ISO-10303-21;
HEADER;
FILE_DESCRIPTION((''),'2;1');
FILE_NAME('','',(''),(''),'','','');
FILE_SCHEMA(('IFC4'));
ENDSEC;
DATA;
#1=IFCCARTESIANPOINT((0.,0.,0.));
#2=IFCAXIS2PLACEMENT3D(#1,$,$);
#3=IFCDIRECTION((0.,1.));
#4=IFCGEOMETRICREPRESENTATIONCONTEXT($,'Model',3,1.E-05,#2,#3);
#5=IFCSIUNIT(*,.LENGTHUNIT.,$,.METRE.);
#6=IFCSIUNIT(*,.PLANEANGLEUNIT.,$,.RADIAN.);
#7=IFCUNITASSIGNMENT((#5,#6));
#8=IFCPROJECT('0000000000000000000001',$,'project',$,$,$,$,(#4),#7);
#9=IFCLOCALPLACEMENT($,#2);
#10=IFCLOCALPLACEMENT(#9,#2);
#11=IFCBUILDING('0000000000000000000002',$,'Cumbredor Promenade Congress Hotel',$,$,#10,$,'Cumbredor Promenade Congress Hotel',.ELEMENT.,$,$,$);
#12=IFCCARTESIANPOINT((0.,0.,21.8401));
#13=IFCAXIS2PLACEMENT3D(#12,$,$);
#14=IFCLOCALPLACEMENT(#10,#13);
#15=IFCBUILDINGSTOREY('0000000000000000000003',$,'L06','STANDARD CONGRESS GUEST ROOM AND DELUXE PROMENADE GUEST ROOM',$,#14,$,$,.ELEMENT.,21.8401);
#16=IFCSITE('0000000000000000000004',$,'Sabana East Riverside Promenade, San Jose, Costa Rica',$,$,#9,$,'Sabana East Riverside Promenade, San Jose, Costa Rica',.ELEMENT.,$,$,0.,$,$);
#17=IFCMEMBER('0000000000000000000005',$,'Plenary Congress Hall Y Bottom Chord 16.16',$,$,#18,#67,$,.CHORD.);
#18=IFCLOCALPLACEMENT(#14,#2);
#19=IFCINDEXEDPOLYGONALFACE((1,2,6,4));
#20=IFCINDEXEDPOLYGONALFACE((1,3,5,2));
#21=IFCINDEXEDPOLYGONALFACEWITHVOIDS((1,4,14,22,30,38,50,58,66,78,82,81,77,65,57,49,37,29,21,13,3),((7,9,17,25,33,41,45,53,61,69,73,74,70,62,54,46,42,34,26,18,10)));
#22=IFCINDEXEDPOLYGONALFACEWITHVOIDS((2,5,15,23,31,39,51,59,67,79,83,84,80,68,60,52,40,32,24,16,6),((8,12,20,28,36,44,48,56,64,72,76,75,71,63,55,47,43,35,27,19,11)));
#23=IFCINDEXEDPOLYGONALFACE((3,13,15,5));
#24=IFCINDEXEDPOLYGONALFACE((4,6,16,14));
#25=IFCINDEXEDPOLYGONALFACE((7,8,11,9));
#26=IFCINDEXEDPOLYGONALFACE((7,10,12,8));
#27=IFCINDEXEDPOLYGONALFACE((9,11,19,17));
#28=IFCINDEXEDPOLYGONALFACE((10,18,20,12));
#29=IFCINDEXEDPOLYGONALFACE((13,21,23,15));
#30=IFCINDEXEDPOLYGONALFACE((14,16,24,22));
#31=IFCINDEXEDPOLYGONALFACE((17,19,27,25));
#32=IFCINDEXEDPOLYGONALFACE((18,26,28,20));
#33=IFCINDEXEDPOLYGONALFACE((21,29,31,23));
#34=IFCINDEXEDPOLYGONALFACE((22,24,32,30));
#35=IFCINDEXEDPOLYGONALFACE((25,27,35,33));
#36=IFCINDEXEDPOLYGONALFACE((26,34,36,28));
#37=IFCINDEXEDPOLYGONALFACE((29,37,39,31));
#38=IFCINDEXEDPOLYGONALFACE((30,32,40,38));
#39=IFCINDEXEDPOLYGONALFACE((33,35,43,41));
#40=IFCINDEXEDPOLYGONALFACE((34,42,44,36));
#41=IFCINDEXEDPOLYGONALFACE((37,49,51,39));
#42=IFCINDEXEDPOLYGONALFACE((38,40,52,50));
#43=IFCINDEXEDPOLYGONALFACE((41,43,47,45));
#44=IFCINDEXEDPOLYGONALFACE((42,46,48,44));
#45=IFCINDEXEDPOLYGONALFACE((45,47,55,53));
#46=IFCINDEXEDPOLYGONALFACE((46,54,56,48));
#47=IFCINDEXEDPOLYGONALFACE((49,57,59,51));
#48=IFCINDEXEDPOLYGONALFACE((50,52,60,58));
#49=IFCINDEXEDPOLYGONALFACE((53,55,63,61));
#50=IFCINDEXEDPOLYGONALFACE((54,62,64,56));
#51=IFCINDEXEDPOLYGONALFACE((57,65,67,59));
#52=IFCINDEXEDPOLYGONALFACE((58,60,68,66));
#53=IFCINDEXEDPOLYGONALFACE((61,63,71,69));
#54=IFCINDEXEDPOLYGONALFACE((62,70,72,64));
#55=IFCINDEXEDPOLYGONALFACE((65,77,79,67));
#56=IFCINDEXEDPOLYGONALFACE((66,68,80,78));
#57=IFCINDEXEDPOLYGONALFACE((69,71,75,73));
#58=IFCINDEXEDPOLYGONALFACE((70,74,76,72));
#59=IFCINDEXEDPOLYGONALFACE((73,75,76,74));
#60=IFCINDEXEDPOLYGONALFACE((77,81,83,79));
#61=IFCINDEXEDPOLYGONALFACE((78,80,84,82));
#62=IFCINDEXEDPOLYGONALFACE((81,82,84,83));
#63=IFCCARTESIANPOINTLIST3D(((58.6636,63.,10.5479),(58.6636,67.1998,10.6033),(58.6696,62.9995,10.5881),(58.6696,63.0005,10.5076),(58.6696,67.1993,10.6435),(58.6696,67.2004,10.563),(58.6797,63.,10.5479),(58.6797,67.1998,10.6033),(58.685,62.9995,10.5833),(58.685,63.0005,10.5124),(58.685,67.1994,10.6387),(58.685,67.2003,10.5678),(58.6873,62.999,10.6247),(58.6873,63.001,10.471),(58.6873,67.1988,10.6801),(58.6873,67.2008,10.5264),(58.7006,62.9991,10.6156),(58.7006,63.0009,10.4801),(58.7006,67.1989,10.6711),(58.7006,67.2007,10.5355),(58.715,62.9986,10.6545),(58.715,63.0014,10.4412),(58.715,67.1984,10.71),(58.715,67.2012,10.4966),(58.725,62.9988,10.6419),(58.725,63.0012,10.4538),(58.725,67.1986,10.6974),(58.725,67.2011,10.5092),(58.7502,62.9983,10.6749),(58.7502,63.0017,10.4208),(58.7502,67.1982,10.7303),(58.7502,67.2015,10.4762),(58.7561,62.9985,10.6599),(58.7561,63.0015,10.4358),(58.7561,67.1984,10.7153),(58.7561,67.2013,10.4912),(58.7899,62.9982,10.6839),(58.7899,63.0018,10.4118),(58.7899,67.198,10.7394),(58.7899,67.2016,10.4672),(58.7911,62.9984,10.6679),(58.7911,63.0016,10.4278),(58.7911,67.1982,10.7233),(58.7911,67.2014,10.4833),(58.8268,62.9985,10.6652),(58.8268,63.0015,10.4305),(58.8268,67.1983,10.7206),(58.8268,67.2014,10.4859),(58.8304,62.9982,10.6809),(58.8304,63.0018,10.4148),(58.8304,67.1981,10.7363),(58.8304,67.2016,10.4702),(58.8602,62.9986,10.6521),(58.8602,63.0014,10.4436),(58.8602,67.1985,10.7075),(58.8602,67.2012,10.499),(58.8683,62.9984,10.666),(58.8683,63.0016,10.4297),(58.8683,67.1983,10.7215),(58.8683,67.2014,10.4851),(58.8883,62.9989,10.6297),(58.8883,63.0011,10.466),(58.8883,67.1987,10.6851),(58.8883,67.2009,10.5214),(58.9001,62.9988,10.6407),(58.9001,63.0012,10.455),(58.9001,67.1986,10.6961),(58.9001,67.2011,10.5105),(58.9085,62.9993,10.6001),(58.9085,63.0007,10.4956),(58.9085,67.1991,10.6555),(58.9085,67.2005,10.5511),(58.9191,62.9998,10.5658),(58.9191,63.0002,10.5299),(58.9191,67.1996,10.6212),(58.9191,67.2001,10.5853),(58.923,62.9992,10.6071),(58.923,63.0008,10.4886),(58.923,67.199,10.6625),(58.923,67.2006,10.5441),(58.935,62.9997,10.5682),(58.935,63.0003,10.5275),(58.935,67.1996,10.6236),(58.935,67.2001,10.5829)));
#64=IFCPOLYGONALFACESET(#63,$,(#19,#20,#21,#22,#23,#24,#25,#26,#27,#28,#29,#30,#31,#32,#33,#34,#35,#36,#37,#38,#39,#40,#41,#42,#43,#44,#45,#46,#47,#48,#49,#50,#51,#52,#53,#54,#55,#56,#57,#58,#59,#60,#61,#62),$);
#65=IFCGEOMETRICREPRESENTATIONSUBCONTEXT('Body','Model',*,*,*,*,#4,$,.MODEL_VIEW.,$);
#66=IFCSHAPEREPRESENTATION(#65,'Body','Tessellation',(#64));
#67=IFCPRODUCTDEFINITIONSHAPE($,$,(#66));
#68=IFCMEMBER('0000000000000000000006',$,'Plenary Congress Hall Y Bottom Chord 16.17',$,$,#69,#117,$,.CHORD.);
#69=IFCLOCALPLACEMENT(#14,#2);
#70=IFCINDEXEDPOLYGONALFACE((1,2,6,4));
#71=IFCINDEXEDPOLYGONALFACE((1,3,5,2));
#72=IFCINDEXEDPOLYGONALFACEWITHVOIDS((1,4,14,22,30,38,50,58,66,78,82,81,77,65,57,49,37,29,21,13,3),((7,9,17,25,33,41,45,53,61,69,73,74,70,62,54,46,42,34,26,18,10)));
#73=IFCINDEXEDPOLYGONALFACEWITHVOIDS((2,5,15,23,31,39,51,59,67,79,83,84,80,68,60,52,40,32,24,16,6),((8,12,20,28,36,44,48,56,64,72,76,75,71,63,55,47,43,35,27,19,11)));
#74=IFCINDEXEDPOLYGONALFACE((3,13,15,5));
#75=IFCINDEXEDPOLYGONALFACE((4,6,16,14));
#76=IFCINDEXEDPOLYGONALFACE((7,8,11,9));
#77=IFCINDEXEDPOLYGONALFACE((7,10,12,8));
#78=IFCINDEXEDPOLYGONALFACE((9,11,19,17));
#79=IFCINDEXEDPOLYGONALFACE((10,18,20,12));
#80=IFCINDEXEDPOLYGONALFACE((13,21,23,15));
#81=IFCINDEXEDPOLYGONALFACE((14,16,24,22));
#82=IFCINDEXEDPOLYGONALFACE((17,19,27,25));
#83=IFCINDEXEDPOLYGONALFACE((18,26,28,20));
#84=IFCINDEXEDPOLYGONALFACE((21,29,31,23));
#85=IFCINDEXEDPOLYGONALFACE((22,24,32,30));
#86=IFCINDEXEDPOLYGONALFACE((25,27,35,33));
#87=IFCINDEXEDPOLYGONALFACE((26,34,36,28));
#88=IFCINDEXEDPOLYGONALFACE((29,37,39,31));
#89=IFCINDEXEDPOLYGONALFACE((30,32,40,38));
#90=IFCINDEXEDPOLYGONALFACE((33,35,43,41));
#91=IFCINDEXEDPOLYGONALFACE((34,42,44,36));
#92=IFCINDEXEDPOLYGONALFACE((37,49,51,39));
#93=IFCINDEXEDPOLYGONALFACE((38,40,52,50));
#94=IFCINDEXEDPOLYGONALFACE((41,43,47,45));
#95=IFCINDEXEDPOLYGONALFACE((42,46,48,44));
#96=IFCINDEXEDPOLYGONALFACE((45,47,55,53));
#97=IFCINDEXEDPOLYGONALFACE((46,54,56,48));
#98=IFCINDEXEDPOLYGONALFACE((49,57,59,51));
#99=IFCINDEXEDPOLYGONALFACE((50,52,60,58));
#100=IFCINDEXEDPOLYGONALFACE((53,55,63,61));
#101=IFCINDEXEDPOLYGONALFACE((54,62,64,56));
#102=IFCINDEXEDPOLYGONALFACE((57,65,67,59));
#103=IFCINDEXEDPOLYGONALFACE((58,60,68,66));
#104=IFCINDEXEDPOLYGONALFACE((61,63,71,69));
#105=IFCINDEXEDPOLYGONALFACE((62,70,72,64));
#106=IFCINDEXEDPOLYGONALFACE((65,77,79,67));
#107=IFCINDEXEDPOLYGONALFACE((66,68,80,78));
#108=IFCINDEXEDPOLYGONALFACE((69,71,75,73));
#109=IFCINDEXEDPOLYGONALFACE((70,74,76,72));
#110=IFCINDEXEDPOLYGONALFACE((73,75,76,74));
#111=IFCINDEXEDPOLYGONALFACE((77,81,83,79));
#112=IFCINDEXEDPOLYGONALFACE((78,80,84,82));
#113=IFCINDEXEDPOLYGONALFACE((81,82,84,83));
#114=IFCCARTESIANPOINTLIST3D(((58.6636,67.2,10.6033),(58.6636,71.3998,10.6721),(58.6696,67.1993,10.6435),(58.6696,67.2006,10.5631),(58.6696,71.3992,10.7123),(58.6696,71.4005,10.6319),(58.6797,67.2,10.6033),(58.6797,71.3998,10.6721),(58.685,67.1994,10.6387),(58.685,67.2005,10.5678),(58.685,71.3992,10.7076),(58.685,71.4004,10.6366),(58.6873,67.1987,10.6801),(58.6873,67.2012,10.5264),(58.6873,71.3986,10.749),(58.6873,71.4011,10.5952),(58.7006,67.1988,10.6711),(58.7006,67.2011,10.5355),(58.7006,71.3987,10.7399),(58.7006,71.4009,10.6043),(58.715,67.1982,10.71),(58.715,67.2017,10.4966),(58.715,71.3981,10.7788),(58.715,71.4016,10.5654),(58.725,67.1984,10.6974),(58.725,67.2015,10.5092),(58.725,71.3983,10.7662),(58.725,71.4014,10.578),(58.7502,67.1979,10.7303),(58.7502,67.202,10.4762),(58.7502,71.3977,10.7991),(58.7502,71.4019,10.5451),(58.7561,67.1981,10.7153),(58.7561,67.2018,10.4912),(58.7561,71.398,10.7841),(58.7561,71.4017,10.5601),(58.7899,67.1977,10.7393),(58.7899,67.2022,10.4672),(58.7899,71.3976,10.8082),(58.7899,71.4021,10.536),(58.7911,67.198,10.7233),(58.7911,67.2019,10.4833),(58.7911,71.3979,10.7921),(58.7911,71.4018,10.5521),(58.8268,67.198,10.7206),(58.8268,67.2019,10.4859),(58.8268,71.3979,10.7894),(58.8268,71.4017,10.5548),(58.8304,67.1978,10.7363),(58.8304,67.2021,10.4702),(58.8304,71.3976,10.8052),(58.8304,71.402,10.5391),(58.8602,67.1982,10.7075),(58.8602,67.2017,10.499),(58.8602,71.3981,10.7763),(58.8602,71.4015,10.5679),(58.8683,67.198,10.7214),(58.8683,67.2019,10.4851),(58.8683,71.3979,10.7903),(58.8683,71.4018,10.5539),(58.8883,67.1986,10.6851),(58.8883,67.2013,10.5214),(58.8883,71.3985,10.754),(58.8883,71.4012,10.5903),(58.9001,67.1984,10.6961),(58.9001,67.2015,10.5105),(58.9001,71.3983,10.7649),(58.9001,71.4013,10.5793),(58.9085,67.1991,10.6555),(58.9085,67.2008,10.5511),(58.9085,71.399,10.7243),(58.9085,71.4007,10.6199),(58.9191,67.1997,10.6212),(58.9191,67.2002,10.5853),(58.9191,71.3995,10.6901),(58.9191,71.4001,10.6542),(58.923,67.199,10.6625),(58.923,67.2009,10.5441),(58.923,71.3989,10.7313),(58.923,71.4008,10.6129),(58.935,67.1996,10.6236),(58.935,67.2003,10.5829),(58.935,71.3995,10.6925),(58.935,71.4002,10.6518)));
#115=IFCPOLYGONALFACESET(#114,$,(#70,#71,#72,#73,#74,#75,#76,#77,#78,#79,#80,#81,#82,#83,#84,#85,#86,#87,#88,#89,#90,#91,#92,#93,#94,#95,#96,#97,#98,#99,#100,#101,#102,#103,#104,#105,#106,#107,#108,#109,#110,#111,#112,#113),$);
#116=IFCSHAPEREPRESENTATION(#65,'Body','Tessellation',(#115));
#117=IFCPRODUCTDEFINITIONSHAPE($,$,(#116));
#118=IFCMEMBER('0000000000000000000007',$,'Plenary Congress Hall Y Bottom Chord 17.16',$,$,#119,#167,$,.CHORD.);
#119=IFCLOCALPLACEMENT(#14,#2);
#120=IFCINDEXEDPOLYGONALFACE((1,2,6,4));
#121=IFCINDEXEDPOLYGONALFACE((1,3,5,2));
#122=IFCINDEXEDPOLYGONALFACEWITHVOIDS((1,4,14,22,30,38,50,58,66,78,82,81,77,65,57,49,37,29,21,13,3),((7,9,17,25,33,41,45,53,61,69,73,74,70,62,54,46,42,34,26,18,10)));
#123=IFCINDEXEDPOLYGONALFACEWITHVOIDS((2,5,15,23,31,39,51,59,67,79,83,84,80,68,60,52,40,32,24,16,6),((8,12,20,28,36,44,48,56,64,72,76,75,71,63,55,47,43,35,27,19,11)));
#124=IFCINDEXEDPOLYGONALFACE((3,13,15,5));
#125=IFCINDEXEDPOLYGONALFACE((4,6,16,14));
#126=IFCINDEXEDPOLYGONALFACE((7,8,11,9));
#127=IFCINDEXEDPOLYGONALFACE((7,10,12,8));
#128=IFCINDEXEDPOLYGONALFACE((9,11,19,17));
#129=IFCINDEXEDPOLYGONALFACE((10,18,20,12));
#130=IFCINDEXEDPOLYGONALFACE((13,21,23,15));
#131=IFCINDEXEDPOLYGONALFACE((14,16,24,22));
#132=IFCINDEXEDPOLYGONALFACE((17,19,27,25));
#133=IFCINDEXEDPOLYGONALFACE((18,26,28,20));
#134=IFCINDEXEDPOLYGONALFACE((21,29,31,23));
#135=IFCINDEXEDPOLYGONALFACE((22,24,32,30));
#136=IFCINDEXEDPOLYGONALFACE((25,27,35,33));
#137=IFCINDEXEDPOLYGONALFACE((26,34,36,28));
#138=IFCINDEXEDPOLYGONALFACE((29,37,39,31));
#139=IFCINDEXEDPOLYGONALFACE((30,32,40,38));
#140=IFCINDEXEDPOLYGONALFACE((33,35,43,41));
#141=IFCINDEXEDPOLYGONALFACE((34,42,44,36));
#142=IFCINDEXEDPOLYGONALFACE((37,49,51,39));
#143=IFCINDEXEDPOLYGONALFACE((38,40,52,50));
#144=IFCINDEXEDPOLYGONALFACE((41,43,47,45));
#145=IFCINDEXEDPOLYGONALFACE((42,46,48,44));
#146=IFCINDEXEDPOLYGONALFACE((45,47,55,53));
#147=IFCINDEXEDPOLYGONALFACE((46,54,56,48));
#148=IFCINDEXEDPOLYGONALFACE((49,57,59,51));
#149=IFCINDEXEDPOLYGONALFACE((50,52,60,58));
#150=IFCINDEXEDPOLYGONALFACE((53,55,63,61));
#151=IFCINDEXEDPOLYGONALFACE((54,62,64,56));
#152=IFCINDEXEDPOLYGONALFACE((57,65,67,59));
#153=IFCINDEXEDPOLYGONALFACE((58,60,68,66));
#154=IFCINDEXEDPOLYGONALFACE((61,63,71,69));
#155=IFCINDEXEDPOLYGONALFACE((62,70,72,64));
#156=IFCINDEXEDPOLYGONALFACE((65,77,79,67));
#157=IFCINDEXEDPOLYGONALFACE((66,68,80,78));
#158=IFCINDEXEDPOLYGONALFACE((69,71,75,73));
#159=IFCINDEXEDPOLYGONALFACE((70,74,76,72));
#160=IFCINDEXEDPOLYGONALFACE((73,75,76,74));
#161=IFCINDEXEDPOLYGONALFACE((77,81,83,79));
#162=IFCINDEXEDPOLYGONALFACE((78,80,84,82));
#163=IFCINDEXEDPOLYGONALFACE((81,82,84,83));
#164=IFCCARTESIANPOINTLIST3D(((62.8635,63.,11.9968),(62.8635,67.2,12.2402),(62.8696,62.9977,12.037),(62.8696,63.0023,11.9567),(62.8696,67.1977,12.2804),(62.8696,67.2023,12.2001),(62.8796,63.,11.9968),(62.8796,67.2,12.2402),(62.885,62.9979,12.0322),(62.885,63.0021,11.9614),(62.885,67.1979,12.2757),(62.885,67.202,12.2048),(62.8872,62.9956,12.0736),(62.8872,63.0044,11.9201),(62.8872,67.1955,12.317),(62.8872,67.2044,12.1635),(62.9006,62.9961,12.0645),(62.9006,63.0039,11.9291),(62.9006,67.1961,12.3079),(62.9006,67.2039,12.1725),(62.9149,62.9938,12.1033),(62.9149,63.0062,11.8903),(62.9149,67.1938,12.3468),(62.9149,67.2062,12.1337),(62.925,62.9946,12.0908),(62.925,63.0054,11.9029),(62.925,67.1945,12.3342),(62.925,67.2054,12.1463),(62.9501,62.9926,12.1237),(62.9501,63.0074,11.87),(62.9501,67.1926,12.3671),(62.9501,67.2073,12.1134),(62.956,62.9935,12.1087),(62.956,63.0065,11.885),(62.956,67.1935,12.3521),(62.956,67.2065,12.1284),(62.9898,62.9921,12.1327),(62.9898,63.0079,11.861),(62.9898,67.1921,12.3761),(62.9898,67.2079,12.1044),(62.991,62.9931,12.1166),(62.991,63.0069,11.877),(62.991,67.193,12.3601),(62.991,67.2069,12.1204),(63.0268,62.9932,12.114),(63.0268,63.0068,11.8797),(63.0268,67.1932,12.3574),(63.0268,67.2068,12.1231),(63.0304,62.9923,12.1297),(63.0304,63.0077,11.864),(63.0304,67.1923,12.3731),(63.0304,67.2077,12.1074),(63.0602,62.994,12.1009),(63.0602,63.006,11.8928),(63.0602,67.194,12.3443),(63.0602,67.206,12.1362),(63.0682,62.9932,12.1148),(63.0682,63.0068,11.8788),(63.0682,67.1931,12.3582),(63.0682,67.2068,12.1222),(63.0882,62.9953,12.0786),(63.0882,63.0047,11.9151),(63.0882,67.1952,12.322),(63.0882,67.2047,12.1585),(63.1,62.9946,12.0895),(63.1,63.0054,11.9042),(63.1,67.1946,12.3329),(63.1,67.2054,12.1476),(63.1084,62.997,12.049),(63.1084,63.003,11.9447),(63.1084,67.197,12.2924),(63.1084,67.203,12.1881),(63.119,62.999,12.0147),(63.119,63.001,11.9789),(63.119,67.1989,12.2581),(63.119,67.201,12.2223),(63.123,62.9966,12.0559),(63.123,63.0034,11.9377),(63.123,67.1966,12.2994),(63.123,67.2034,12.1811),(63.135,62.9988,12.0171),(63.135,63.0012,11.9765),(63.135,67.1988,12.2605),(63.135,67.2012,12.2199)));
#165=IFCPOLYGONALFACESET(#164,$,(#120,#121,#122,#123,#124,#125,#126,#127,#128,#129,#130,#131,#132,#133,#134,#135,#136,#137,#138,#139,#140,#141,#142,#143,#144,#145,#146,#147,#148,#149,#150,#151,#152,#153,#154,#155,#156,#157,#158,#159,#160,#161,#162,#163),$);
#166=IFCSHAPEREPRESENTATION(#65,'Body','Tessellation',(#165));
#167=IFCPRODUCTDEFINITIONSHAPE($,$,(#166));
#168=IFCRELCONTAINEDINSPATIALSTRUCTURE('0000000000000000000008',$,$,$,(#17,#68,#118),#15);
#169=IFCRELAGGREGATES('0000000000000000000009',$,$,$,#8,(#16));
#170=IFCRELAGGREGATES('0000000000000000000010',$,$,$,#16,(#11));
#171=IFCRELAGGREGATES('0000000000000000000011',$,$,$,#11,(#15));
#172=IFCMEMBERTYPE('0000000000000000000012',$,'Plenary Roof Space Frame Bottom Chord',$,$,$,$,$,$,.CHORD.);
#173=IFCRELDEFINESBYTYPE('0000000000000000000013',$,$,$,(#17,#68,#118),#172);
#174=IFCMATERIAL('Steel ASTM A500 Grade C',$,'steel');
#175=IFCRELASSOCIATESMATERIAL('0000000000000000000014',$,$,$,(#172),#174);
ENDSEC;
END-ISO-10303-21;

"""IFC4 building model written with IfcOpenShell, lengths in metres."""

from ifc_helpers import new_model, si_unit, direction, frame, origin, origin_2d, place, context, subcontext, project, spatial, hollow_circle, extrude, material, material_profile, profile_set, type_object, element, save


model = new_model("IFC4")

# Units and contexts
model_context = context("Model", 3, precision=1e-05, world=origin(), true_north=direction((0.0, 1.0)))
body_context = subcontext(model_context, "Body", "Model", "MODEL_VIEW")
ifc_project = project(units=[si_unit("LENGTHUNIT", "METRE"), si_unit("PLANEANGLEUNIT", "RADIAN")], contexts=[model_context])

# Site, building, storey
site_placement = place(None, origin())
site = spatial("IfcSite", under=ifc_project, at=site_placement, Name="Sabana East Riverside Promenade, San Jose, Costa Rica", LongName="Sabana East Riverside Promenade, San Jose, Costa Rica", CompositionType="ELEMENT", RefElevation=0.0)
building_placement = place(site_placement, origin())
building = spatial("IfcBuilding", under=site, at=building_placement, Name="Cumbredor Promenade Congress Hotel", LongName="Cumbredor Promenade Congress Hotel", CompositionType="ELEMENT")
storey_placement = place(building_placement, frame((0.0, 0.0, 21.8401)))
storey = spatial("IfcBuildingStorey", under=building, at=storey_placement, Name="L06", Description="STANDARD CONGRESS GUEST ROOM AND DELUXE PROMENADE GUEST ROOM", CompositionType="ELEMENT", Elevation=21.8401)

# Members
ifc_material_1 = material(Name="Steel ASTM A500 Grade C", Category="steel")
ifc_material_profile_1 = material_profile(ifc_material_1, hollow_circle(Radius=0.1365, WallThickness=0.0161, at=origin_2d()), Name="CHS 273.0x16")
ifc_profile_set_1 = profile_set([ifc_material_profile_1], Name="Steel ASTM A500 Grade C")
member_type_1 = type_object("IfcMemberType", Name="Plenary Roof Space Frame Bottom Chord", PredefinedType="CHORD", material=ifc_profile_set_1)
member_1_placement = place(storey_placement, frame((58.8, 63.0, 10.5479), z_axis=(0.0, 0.999913, 0.013194), x_axis=(-1.0, 0.0, 0.0)))
element("IfcMember", 1, at=member_1_placement, inside=storey, type_object=member_type_1, Name="Plenary Congress Hall Y Bottom Chord 16.16", PredefinedType="CHORD", context=body_context, shape_type="SweptSolid", body=[
    extrude(hollow_circle(Radius=0.1365, WallThickness=0.0161, at=origin_2d()), origin(), (0.0, 0.0, 1.0), 4.2002),
])
member_2_placement = place(storey_placement, frame((58.8, 67.2, 10.6033), z_axis=(0.0, 0.999866, 0.01639), x_axis=(-1.0, 0.0, 0.0)))
element("IfcMember", 2, at=member_2_placement, inside=storey, type_object=member_type_1, Name="Plenary Congress Hall Y Bottom Chord 16.17", PredefinedType="CHORD", context=body_context, shape_type="SweptSolid", body=[
    extrude(hollow_circle(Radius=0.1365, WallThickness=0.0161, at=origin_2d()), origin(), (0.0, 0.0, 1.0), 4.2004),
])
member_3_placement = place(storey_placement, frame((63.0, 63.0, 11.9968), z_axis=(0.0, 0.998325, 0.057858), x_axis=(-1.0, 0.0, 0.0)))
element("IfcMember", 3, at=member_3_placement, inside=storey, type_object=member_type_1, Name="Plenary Congress Hall Y Bottom Chord 17.16", PredefinedType="CHORD", context=body_context, shape_type="SweptSolid", body=[
    extrude(hollow_circle(Radius=0.1365, WallThickness=0.0161, at=origin_2d()), origin(), (0.0, 0.0, 1.0), 4.207),
])

save(model, "model.ifc")
